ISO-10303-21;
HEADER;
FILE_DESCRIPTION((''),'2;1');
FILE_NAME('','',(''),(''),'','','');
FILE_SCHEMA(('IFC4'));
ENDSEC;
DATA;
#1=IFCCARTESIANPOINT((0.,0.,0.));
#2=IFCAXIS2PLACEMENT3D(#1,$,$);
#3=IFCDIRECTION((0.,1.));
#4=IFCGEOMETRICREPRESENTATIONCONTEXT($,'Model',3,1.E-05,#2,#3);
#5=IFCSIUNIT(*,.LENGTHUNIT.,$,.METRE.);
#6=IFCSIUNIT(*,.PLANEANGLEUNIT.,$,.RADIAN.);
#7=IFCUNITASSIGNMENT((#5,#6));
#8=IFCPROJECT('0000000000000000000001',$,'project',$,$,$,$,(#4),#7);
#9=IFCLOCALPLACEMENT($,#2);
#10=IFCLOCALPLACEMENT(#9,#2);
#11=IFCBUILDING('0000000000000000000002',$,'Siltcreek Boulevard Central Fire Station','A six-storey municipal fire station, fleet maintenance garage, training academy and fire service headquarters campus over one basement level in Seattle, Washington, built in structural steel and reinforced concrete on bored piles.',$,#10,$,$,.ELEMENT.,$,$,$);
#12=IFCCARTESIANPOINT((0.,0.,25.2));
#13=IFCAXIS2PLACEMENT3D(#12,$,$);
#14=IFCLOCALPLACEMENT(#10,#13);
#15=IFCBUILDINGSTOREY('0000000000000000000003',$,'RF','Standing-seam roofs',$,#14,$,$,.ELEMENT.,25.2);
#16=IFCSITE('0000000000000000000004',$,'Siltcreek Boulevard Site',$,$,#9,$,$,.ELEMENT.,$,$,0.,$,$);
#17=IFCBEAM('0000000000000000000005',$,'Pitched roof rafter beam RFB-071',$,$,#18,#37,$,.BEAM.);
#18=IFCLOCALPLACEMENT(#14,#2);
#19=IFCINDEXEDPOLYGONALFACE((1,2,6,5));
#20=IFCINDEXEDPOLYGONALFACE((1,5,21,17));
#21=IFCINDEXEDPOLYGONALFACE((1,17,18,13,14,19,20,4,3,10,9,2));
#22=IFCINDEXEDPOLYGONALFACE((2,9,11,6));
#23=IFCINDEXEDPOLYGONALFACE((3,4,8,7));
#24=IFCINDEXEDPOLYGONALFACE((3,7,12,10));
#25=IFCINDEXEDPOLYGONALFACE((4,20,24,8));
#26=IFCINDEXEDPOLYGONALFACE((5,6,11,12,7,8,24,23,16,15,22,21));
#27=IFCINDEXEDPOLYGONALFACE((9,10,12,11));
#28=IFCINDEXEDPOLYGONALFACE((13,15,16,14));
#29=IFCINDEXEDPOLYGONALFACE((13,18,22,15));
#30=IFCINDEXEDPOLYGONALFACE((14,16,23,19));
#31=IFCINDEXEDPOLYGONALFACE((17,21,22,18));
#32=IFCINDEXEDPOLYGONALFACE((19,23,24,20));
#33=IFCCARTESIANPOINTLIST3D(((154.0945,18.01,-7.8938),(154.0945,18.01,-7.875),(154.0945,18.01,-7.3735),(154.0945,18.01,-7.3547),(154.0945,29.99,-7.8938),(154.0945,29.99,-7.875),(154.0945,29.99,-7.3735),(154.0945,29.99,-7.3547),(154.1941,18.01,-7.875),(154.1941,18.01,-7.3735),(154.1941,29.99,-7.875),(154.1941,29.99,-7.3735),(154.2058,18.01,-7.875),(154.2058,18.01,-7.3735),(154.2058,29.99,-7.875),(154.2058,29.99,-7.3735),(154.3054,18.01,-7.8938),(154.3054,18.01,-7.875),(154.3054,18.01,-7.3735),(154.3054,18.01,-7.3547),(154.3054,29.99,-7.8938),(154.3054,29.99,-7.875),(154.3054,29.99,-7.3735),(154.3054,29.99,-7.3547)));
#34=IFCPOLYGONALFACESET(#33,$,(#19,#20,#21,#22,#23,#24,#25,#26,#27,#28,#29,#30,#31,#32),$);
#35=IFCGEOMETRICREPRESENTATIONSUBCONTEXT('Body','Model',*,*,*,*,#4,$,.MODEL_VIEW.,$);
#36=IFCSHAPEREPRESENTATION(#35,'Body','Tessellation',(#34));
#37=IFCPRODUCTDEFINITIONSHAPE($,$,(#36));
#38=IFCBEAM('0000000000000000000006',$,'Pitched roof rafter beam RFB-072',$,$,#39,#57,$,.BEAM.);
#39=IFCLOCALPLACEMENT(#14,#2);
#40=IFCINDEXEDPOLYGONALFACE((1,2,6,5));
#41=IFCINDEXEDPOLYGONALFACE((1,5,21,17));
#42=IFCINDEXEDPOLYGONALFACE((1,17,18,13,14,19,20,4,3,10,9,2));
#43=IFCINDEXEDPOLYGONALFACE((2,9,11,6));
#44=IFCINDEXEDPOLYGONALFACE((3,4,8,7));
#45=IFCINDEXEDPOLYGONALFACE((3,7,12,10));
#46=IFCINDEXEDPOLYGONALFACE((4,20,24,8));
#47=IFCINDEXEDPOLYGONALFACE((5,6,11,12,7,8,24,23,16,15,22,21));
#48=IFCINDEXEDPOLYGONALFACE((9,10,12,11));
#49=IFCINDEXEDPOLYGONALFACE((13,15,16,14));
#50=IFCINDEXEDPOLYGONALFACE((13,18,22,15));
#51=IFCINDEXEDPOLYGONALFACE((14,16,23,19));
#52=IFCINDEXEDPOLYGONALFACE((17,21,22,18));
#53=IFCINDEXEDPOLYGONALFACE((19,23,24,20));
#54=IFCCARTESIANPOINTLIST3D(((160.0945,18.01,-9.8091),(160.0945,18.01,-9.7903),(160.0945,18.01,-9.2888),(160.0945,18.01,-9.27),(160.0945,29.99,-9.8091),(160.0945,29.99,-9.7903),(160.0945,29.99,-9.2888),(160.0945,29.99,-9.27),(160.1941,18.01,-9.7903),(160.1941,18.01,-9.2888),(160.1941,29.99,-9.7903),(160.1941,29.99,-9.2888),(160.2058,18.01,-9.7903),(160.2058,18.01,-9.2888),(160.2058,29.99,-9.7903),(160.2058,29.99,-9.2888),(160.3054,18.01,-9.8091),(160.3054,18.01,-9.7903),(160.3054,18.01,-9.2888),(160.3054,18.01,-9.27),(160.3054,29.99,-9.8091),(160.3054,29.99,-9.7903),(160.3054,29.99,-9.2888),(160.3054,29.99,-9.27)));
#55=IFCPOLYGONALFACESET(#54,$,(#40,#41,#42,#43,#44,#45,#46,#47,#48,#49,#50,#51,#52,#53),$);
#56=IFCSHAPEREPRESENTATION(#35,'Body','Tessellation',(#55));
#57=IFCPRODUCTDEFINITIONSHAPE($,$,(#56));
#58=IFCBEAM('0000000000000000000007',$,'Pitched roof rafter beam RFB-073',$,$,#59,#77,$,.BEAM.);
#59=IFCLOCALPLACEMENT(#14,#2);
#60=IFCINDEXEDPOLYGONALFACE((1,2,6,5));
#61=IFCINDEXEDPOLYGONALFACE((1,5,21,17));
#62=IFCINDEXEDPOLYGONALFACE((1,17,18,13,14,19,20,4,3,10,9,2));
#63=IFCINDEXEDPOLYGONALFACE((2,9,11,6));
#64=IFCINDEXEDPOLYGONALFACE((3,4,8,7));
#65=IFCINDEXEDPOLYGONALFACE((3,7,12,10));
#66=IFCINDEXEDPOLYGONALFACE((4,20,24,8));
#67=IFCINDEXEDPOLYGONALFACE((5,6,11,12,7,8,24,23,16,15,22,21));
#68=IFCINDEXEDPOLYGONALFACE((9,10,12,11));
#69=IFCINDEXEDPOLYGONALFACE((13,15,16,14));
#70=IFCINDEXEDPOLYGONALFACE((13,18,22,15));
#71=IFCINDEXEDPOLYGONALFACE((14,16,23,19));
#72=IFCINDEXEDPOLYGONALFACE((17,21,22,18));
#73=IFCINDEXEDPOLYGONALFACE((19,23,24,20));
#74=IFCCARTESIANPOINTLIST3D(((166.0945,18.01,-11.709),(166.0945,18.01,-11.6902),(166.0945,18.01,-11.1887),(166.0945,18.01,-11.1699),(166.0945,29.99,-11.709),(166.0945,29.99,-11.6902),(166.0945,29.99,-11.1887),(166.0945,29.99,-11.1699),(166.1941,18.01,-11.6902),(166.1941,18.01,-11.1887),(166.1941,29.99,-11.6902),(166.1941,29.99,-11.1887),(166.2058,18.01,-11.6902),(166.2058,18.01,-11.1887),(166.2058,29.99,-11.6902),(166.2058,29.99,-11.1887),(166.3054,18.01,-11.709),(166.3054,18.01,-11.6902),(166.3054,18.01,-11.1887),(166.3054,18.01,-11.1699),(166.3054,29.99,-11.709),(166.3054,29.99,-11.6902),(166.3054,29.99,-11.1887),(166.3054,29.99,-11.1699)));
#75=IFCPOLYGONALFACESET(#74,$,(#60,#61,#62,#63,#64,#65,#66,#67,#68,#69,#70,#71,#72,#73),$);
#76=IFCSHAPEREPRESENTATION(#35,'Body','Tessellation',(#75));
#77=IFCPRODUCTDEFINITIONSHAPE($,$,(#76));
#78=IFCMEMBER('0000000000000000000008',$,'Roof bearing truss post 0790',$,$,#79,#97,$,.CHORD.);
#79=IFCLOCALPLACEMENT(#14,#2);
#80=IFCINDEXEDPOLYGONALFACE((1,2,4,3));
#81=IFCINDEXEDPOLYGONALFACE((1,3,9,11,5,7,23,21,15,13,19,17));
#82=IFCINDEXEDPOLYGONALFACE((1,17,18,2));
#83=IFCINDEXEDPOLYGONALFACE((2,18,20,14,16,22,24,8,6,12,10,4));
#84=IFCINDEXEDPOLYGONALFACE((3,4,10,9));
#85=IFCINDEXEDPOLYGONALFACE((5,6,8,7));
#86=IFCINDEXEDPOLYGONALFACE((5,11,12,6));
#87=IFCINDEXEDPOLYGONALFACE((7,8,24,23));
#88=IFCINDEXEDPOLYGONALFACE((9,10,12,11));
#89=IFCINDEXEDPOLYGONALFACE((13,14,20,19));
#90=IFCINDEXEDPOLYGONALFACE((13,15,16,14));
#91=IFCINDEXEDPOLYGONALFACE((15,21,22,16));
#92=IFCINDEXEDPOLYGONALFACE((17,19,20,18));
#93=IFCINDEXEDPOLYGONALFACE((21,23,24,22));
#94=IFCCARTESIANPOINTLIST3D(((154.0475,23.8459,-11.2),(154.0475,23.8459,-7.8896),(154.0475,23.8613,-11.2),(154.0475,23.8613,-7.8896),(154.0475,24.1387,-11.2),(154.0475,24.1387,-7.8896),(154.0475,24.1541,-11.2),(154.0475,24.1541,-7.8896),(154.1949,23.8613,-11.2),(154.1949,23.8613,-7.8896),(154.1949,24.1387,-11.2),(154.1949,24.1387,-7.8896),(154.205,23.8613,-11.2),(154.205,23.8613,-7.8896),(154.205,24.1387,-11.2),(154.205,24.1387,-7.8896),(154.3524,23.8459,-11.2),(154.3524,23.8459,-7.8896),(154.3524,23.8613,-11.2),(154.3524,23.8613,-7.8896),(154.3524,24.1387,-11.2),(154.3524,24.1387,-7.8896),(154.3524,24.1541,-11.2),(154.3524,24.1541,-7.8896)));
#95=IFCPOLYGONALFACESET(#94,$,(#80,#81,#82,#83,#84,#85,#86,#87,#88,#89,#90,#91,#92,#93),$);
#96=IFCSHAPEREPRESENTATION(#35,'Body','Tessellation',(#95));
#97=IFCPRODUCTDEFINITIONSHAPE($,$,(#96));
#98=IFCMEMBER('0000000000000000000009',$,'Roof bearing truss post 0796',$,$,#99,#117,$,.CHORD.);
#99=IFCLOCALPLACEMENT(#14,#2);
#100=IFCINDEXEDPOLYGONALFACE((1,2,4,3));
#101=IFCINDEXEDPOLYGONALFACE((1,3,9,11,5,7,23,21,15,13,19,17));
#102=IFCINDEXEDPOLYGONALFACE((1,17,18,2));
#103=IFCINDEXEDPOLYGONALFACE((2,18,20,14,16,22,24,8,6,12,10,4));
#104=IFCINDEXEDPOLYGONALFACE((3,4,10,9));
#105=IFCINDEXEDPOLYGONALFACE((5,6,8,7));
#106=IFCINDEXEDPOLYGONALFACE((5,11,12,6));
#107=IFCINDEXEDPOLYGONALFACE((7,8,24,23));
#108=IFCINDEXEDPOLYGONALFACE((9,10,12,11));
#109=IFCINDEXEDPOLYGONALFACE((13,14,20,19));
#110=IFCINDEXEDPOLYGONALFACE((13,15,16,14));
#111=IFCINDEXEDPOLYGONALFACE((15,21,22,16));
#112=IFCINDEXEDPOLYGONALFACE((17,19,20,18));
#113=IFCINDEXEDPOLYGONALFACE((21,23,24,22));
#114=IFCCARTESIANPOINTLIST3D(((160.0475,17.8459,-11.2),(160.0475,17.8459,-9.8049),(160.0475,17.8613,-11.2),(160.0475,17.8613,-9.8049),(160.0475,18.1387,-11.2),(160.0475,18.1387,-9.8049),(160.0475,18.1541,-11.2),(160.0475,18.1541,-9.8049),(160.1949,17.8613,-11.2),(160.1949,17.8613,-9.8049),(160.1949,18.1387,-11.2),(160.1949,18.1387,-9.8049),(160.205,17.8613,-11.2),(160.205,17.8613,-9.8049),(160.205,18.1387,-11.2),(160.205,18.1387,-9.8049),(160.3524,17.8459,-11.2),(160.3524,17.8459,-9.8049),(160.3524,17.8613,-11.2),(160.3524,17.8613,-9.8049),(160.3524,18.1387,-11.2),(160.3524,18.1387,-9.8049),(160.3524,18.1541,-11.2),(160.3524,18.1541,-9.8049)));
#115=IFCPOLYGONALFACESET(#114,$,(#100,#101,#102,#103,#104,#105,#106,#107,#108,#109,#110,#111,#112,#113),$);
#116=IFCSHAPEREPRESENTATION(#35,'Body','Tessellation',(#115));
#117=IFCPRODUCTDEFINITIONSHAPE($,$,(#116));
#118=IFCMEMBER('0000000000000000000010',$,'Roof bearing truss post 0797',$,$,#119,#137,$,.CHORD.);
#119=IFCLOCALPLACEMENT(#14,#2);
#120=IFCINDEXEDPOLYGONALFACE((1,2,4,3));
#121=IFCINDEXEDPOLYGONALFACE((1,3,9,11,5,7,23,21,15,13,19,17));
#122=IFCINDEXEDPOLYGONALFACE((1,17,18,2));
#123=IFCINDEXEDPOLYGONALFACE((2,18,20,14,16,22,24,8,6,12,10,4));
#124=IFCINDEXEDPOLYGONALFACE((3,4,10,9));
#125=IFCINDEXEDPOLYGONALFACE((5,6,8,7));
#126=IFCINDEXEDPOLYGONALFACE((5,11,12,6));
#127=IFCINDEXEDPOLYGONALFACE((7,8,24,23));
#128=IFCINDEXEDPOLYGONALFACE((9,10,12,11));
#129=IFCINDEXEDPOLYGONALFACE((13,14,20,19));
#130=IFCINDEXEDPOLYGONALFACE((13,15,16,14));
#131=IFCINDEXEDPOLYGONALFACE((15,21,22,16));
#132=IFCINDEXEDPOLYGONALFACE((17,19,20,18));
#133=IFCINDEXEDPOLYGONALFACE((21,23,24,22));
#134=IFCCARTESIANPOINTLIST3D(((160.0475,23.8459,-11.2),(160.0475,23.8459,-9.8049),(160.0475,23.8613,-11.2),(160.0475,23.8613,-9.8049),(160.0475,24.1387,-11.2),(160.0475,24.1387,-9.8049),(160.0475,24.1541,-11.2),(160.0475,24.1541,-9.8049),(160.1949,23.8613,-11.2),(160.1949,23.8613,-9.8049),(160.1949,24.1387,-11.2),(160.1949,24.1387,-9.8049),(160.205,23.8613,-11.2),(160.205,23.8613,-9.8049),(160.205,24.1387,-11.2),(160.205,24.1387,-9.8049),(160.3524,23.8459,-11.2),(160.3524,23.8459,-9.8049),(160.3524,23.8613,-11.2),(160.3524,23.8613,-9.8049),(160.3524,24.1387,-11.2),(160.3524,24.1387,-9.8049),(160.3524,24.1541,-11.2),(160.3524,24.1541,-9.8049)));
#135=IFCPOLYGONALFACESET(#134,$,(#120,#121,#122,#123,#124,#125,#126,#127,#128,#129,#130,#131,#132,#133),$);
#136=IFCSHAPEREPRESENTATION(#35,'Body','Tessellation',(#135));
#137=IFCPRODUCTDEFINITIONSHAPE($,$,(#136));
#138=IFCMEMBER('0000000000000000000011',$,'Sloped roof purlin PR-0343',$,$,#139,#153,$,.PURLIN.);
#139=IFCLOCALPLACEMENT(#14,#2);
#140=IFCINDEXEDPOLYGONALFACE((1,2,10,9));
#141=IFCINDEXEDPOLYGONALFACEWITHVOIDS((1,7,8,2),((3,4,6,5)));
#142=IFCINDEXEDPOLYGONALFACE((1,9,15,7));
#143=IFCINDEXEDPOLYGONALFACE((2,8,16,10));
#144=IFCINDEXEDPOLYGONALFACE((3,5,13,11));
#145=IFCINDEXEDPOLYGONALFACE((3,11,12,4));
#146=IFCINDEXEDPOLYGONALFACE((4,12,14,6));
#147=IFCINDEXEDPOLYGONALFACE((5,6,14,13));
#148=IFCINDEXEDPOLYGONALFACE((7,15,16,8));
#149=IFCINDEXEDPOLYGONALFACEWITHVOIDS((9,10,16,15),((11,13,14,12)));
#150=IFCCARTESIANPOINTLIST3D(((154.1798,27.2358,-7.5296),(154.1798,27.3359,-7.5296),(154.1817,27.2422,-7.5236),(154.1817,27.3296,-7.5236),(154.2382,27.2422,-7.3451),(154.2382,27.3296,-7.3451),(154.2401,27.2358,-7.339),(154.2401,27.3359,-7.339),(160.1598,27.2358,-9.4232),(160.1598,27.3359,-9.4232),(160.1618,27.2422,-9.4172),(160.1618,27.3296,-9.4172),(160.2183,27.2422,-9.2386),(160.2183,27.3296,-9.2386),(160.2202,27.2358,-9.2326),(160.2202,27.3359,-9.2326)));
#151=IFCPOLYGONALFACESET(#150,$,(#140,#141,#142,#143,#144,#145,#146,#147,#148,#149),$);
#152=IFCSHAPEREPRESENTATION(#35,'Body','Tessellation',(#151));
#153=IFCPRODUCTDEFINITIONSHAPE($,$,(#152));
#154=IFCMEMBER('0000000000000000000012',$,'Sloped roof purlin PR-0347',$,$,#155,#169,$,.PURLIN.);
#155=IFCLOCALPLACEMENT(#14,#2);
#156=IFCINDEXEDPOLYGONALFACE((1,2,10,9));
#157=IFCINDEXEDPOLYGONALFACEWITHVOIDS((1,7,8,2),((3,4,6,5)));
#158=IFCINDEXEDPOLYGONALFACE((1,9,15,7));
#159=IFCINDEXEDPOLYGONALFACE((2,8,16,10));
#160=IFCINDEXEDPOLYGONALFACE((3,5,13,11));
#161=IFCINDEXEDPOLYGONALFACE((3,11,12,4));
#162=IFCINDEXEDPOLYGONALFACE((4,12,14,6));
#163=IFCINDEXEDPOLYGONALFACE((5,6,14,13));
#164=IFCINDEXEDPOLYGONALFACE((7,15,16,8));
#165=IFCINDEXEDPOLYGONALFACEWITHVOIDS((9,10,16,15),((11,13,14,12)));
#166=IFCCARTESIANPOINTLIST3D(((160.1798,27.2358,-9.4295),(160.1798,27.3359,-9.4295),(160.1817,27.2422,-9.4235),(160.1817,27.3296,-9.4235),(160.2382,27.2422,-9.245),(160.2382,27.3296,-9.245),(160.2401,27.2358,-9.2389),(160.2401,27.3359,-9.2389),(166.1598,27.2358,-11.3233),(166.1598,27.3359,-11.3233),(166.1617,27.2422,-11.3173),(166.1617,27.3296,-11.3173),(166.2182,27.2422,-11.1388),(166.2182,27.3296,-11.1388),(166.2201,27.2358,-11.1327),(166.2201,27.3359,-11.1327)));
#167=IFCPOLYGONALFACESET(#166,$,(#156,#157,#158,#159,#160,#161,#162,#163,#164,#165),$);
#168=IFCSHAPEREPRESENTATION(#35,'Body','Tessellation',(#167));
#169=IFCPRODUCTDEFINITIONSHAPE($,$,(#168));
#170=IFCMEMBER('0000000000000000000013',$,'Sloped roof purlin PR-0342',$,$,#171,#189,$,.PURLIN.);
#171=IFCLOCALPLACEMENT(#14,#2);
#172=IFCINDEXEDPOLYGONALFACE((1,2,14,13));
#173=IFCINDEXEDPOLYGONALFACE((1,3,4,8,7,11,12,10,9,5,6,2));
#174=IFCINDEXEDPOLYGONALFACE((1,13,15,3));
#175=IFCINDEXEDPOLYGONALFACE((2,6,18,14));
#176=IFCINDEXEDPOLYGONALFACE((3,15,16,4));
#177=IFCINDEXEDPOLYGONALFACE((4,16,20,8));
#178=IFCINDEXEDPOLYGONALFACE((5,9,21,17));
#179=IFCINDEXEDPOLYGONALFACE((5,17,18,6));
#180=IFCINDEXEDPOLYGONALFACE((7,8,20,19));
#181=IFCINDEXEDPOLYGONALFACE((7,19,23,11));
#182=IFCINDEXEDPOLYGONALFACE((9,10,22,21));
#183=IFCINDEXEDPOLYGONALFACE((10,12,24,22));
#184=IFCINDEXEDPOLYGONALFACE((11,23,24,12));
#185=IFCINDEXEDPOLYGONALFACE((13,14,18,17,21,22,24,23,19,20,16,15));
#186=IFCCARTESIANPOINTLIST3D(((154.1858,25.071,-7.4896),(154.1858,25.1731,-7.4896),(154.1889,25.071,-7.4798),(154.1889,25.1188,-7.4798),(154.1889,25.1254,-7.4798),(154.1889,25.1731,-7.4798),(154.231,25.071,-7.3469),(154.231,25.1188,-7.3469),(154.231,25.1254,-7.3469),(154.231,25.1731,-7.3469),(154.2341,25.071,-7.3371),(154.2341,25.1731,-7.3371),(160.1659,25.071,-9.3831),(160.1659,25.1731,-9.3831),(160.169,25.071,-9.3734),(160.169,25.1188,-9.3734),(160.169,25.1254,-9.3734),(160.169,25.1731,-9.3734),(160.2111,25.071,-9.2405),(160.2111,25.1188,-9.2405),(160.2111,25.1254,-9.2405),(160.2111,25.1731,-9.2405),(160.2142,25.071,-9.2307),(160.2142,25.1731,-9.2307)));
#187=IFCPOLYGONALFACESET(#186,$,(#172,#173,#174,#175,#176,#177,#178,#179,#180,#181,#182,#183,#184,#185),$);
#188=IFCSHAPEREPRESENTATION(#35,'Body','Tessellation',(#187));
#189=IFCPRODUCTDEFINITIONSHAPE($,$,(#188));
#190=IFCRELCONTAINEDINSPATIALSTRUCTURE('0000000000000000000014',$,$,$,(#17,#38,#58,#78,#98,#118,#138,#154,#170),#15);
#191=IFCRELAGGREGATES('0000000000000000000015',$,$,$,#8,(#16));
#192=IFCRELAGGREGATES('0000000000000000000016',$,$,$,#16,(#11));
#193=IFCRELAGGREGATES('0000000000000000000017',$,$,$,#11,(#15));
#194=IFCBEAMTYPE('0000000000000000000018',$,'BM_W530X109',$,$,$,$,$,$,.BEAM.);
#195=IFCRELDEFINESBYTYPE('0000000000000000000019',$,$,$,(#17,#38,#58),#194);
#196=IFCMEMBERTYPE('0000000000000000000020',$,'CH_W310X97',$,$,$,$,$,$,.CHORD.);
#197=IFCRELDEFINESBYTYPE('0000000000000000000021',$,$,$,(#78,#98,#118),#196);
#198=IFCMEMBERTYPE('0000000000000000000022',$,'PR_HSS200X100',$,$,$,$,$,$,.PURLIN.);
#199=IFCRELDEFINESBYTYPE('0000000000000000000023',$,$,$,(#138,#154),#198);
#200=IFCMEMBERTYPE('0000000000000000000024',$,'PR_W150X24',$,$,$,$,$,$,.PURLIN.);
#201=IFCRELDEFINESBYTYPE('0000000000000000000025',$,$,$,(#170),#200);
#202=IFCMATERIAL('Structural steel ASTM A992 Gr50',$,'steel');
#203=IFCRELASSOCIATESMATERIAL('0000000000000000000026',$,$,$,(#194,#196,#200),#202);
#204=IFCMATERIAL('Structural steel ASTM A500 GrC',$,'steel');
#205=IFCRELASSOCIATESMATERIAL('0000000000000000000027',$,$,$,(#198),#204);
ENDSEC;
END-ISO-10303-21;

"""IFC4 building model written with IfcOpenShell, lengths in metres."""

from ifc_helpers import new_model, si_unit, direction, frame, origin, origin_2d, place, context, subcontext, project, spatial, hollow_rectangle, i_section, extrude, material, material_profile, profile_set, type_object, element, save


model = new_model("IFC4")

# Units and contexts
model_context = context("Model", 3, precision=1e-05, world=origin(), true_north=direction((0.0, 1.0)))
body_context = subcontext(model_context, "Body", "Model", "MODEL_VIEW")
ifc_project = project(units=[si_unit("LENGTHUNIT", "METRE"), si_unit("PLANEANGLEUNIT", "RADIAN")], contexts=[model_context])

# Site, building, storey
site_placement = place(None, origin())
site = spatial("IfcSite", under=ifc_project, at=site_placement, Name="Siltcreek Boulevard Site", CompositionType="ELEMENT", RefElevation=0.0)
building_placement = place(site_placement, origin())
building = spatial("IfcBuilding", under=site, at=building_placement, Name="Siltcreek Boulevard Central Fire Station", Description="A six-storey municipal fire station, fleet maintenance garage, training academy and fire service headquarters campus over one basement level in Seattle, Washington, built in structural steel and reinforced concrete on bored piles.", CompositionType="ELEMENT")
storey_placement = place(building_placement, frame((0.0, 0.0, 25.2)))
storey = spatial("IfcBuildingStorey", under=building, at=storey_placement, Name="RF", Description="Standing-seam roofs", CompositionType="ELEMENT", Elevation=25.2)

# Beams
ifc_material_1 = material(Name="Structural steel ASTM A992 Gr50", Category="steel")
ifc_material_profile_1 = material_profile(ifc_material_1, i_section(OverallWidth=0.2109, OverallDepth=0.5391, WebThickness=0.0117, FlangeThickness=0.0188, at=origin_2d()), Name="W530X109")
ifc_profile_set_1 = profile_set([ifc_material_profile_1], Name="Structural steel ASTM A992 Gr50")
beam_type = type_object("IfcBeamType", Name="BM_W530X109", PredefinedType="BEAM", material=ifc_profile_set_1)
for number, where, z_axis, x_axis, name in (
    (1, (154.2, 18.01, -7.6243), (0.0, 1.0, 0.0), (-1.0, 0.0, 0.0), "Pitched roof rafter beam RFB-071"),
    (2, (160.2, 18.01, -9.5396), (0.0, 1.0, 0.0), (-1.0, 0.0, 0.0), "Pitched roof rafter beam RFB-072"),
    (3, (166.2, 18.01, -11.4395), (0.0, 1.0, 0.0), (-1.0, 0.0, 0.0), "Pitched roof rafter beam RFB-073"),
):
    element("IfcBeam", number, at=place(storey_placement, frame(where, z_axis=z_axis, x_axis=x_axis)), inside=storey, type_object=beam_type, Name=name, PredefinedType="BEAM", context=body_context, shape_type="SweptSolid", body=[
        extrude(i_section(OverallWidth=0.2109, OverallDepth=0.5391, WebThickness=0.0117, FlangeThickness=0.0188, at=origin_2d()), origin(), (0.0, 0.0, 1.0), 11.98),
    ])

# Members
ifc_material_profile_2 = material_profile(ifc_material_1, i_section(OverallWidth=0.3049, OverallDepth=0.3081, WebThickness=0.01, FlangeThickness=0.0154, at=origin_2d()), Name="W310X97")
ifc_profile_set_2 = profile_set([ifc_material_profile_2], Name="Structural steel ASTM A992 Gr50")
member_type_1 = type_object("IfcMemberType", Name="CH_W310X97", PredefinedType="CHORD", material=ifc_profile_set_2)
member_placement = place(storey_placement, frame((154.2, 24.0, -11.2), z_axis=(0.0, 0.0, 1.0), x_axis=(1.0, 0.0, 0.0)))
element("IfcMember", 4, at=member_placement, inside=storey, type_object=member_type_1, Name="Roof bearing truss post 0790", PredefinedType="CHORD", context=body_context, shape_type="SweptSolid", body=[
    extrude(i_section(OverallWidth=0.3049, OverallDepth=0.3081, WebThickness=0.01, FlangeThickness=0.0154, at=origin_2d()), origin(), (0.0, 0.0, 1.0), 3.3103),
])
for number, where, z_axis, x_axis, name in (
    (5, (160.2, 18.0, -11.2), (0.0, 0.0, 1.0), (1.0, 0.0, 0.0), "Roof bearing truss post 0796"),
    (6, (160.2, 24.0, -11.2), (0.0, 0.0, 1.0), (1.0, 0.0, 0.0), "Roof bearing truss post 0797"),
):
    element("IfcMember", number, at=place(storey_placement, frame(where, z_axis=z_axis, x_axis=x_axis)), inside=storey, type_object=member_type_1, Name=name, PredefinedType="CHORD", context=body_context, shape_type="SweptSolid", body=[
        extrude(i_section(OverallWidth=0.3049, OverallDepth=0.3081, WebThickness=0.01, FlangeThickness=0.0154, at=origin_2d()), origin(), (0.0, 0.0, 1.0), 1.395),
    ])
ifc_material_2 = material(Name="Structural steel ASTM A500 GrC", Category="steel")
ifc_material_profile_3 = material_profile(ifc_material_2, hollow_rectangle(XDim=0.1001, YDim=0.2, WallThickness=0.0063, at=origin_2d()), Name="HSS200X100X6.4")
ifc_profile_set_3 = profile_set([ifc_material_profile_3], Name="Structural steel ASTM A500 GrC")
member_type_2 = type_object("IfcMemberType", Name="PR_HSS200X100", PredefinedType="PURLIN", material=ifc_profile_set_3)
for number, where, z_axis, x_axis, name in (
    (7, (154.21, 27.2859, -7.4343), (0.953347, 0.0, -0.301876), (0.0, 1.0, 0.0), "Sloped roof purlin PR-0343"),
    (8, (160.21, 27.2859, -9.3342), (0.953336, 0.0, -0.301912), (0.0, 1.0, 0.0), "Sloped roof purlin PR-0347"),
):
    element("IfcMember", number, at=place(storey_placement, frame(where, z_axis=z_axis, x_axis=x_axis)), inside=storey, type_object=member_type_2, Name=name, PredefinedType="PURLIN", context=body_context, shape_type="SweptSolid", body=[
        extrude(hollow_rectangle(XDim=0.1001, YDim=0.2, WallThickness=0.0063, at=origin_2d()), origin(), (0.0, 0.0, 1.0), 6.2727),
    ])
ifc_material_profile_4 = material_profile(ifc_material_1, i_section(OverallWidth=0.1021, OverallDepth=0.1599, WebThickness=0.0066, FlangeThickness=0.0103, at=origin_2d()), Name="W150X24")
ifc_profile_set_4 = profile_set([ifc_material_profile_4], Name="Structural steel ASTM A992 Gr50")
member_type_3 = type_object("IfcMemberType", Name="PR_W150X24", PredefinedType="PURLIN", material=ifc_profile_set_4)
for number, where, z_axis, x_axis, name in (
    (9, (154.21, 25.1221, -7.4133), (0.953347, 0.0, -0.301876), (0.0, 1.0, 0.0), "Sloped roof purlin PR-0342"),
):
    element("IfcMember", number, at=place(storey_placement, frame(where, z_axis=z_axis, x_axis=x_axis)), inside=storey, type_object=member_type_3, Name=name, PredefinedType="PURLIN", context=body_context, shape_type="SweptSolid", body=[
        extrude(i_section(OverallWidth=0.1021, OverallDepth=0.1599, WebThickness=0.0066, FlangeThickness=0.0103, at=origin_2d()), origin(), (0.0, 0.0, 1.0), 6.2727),
    ])

save(model, "model.ifc")
